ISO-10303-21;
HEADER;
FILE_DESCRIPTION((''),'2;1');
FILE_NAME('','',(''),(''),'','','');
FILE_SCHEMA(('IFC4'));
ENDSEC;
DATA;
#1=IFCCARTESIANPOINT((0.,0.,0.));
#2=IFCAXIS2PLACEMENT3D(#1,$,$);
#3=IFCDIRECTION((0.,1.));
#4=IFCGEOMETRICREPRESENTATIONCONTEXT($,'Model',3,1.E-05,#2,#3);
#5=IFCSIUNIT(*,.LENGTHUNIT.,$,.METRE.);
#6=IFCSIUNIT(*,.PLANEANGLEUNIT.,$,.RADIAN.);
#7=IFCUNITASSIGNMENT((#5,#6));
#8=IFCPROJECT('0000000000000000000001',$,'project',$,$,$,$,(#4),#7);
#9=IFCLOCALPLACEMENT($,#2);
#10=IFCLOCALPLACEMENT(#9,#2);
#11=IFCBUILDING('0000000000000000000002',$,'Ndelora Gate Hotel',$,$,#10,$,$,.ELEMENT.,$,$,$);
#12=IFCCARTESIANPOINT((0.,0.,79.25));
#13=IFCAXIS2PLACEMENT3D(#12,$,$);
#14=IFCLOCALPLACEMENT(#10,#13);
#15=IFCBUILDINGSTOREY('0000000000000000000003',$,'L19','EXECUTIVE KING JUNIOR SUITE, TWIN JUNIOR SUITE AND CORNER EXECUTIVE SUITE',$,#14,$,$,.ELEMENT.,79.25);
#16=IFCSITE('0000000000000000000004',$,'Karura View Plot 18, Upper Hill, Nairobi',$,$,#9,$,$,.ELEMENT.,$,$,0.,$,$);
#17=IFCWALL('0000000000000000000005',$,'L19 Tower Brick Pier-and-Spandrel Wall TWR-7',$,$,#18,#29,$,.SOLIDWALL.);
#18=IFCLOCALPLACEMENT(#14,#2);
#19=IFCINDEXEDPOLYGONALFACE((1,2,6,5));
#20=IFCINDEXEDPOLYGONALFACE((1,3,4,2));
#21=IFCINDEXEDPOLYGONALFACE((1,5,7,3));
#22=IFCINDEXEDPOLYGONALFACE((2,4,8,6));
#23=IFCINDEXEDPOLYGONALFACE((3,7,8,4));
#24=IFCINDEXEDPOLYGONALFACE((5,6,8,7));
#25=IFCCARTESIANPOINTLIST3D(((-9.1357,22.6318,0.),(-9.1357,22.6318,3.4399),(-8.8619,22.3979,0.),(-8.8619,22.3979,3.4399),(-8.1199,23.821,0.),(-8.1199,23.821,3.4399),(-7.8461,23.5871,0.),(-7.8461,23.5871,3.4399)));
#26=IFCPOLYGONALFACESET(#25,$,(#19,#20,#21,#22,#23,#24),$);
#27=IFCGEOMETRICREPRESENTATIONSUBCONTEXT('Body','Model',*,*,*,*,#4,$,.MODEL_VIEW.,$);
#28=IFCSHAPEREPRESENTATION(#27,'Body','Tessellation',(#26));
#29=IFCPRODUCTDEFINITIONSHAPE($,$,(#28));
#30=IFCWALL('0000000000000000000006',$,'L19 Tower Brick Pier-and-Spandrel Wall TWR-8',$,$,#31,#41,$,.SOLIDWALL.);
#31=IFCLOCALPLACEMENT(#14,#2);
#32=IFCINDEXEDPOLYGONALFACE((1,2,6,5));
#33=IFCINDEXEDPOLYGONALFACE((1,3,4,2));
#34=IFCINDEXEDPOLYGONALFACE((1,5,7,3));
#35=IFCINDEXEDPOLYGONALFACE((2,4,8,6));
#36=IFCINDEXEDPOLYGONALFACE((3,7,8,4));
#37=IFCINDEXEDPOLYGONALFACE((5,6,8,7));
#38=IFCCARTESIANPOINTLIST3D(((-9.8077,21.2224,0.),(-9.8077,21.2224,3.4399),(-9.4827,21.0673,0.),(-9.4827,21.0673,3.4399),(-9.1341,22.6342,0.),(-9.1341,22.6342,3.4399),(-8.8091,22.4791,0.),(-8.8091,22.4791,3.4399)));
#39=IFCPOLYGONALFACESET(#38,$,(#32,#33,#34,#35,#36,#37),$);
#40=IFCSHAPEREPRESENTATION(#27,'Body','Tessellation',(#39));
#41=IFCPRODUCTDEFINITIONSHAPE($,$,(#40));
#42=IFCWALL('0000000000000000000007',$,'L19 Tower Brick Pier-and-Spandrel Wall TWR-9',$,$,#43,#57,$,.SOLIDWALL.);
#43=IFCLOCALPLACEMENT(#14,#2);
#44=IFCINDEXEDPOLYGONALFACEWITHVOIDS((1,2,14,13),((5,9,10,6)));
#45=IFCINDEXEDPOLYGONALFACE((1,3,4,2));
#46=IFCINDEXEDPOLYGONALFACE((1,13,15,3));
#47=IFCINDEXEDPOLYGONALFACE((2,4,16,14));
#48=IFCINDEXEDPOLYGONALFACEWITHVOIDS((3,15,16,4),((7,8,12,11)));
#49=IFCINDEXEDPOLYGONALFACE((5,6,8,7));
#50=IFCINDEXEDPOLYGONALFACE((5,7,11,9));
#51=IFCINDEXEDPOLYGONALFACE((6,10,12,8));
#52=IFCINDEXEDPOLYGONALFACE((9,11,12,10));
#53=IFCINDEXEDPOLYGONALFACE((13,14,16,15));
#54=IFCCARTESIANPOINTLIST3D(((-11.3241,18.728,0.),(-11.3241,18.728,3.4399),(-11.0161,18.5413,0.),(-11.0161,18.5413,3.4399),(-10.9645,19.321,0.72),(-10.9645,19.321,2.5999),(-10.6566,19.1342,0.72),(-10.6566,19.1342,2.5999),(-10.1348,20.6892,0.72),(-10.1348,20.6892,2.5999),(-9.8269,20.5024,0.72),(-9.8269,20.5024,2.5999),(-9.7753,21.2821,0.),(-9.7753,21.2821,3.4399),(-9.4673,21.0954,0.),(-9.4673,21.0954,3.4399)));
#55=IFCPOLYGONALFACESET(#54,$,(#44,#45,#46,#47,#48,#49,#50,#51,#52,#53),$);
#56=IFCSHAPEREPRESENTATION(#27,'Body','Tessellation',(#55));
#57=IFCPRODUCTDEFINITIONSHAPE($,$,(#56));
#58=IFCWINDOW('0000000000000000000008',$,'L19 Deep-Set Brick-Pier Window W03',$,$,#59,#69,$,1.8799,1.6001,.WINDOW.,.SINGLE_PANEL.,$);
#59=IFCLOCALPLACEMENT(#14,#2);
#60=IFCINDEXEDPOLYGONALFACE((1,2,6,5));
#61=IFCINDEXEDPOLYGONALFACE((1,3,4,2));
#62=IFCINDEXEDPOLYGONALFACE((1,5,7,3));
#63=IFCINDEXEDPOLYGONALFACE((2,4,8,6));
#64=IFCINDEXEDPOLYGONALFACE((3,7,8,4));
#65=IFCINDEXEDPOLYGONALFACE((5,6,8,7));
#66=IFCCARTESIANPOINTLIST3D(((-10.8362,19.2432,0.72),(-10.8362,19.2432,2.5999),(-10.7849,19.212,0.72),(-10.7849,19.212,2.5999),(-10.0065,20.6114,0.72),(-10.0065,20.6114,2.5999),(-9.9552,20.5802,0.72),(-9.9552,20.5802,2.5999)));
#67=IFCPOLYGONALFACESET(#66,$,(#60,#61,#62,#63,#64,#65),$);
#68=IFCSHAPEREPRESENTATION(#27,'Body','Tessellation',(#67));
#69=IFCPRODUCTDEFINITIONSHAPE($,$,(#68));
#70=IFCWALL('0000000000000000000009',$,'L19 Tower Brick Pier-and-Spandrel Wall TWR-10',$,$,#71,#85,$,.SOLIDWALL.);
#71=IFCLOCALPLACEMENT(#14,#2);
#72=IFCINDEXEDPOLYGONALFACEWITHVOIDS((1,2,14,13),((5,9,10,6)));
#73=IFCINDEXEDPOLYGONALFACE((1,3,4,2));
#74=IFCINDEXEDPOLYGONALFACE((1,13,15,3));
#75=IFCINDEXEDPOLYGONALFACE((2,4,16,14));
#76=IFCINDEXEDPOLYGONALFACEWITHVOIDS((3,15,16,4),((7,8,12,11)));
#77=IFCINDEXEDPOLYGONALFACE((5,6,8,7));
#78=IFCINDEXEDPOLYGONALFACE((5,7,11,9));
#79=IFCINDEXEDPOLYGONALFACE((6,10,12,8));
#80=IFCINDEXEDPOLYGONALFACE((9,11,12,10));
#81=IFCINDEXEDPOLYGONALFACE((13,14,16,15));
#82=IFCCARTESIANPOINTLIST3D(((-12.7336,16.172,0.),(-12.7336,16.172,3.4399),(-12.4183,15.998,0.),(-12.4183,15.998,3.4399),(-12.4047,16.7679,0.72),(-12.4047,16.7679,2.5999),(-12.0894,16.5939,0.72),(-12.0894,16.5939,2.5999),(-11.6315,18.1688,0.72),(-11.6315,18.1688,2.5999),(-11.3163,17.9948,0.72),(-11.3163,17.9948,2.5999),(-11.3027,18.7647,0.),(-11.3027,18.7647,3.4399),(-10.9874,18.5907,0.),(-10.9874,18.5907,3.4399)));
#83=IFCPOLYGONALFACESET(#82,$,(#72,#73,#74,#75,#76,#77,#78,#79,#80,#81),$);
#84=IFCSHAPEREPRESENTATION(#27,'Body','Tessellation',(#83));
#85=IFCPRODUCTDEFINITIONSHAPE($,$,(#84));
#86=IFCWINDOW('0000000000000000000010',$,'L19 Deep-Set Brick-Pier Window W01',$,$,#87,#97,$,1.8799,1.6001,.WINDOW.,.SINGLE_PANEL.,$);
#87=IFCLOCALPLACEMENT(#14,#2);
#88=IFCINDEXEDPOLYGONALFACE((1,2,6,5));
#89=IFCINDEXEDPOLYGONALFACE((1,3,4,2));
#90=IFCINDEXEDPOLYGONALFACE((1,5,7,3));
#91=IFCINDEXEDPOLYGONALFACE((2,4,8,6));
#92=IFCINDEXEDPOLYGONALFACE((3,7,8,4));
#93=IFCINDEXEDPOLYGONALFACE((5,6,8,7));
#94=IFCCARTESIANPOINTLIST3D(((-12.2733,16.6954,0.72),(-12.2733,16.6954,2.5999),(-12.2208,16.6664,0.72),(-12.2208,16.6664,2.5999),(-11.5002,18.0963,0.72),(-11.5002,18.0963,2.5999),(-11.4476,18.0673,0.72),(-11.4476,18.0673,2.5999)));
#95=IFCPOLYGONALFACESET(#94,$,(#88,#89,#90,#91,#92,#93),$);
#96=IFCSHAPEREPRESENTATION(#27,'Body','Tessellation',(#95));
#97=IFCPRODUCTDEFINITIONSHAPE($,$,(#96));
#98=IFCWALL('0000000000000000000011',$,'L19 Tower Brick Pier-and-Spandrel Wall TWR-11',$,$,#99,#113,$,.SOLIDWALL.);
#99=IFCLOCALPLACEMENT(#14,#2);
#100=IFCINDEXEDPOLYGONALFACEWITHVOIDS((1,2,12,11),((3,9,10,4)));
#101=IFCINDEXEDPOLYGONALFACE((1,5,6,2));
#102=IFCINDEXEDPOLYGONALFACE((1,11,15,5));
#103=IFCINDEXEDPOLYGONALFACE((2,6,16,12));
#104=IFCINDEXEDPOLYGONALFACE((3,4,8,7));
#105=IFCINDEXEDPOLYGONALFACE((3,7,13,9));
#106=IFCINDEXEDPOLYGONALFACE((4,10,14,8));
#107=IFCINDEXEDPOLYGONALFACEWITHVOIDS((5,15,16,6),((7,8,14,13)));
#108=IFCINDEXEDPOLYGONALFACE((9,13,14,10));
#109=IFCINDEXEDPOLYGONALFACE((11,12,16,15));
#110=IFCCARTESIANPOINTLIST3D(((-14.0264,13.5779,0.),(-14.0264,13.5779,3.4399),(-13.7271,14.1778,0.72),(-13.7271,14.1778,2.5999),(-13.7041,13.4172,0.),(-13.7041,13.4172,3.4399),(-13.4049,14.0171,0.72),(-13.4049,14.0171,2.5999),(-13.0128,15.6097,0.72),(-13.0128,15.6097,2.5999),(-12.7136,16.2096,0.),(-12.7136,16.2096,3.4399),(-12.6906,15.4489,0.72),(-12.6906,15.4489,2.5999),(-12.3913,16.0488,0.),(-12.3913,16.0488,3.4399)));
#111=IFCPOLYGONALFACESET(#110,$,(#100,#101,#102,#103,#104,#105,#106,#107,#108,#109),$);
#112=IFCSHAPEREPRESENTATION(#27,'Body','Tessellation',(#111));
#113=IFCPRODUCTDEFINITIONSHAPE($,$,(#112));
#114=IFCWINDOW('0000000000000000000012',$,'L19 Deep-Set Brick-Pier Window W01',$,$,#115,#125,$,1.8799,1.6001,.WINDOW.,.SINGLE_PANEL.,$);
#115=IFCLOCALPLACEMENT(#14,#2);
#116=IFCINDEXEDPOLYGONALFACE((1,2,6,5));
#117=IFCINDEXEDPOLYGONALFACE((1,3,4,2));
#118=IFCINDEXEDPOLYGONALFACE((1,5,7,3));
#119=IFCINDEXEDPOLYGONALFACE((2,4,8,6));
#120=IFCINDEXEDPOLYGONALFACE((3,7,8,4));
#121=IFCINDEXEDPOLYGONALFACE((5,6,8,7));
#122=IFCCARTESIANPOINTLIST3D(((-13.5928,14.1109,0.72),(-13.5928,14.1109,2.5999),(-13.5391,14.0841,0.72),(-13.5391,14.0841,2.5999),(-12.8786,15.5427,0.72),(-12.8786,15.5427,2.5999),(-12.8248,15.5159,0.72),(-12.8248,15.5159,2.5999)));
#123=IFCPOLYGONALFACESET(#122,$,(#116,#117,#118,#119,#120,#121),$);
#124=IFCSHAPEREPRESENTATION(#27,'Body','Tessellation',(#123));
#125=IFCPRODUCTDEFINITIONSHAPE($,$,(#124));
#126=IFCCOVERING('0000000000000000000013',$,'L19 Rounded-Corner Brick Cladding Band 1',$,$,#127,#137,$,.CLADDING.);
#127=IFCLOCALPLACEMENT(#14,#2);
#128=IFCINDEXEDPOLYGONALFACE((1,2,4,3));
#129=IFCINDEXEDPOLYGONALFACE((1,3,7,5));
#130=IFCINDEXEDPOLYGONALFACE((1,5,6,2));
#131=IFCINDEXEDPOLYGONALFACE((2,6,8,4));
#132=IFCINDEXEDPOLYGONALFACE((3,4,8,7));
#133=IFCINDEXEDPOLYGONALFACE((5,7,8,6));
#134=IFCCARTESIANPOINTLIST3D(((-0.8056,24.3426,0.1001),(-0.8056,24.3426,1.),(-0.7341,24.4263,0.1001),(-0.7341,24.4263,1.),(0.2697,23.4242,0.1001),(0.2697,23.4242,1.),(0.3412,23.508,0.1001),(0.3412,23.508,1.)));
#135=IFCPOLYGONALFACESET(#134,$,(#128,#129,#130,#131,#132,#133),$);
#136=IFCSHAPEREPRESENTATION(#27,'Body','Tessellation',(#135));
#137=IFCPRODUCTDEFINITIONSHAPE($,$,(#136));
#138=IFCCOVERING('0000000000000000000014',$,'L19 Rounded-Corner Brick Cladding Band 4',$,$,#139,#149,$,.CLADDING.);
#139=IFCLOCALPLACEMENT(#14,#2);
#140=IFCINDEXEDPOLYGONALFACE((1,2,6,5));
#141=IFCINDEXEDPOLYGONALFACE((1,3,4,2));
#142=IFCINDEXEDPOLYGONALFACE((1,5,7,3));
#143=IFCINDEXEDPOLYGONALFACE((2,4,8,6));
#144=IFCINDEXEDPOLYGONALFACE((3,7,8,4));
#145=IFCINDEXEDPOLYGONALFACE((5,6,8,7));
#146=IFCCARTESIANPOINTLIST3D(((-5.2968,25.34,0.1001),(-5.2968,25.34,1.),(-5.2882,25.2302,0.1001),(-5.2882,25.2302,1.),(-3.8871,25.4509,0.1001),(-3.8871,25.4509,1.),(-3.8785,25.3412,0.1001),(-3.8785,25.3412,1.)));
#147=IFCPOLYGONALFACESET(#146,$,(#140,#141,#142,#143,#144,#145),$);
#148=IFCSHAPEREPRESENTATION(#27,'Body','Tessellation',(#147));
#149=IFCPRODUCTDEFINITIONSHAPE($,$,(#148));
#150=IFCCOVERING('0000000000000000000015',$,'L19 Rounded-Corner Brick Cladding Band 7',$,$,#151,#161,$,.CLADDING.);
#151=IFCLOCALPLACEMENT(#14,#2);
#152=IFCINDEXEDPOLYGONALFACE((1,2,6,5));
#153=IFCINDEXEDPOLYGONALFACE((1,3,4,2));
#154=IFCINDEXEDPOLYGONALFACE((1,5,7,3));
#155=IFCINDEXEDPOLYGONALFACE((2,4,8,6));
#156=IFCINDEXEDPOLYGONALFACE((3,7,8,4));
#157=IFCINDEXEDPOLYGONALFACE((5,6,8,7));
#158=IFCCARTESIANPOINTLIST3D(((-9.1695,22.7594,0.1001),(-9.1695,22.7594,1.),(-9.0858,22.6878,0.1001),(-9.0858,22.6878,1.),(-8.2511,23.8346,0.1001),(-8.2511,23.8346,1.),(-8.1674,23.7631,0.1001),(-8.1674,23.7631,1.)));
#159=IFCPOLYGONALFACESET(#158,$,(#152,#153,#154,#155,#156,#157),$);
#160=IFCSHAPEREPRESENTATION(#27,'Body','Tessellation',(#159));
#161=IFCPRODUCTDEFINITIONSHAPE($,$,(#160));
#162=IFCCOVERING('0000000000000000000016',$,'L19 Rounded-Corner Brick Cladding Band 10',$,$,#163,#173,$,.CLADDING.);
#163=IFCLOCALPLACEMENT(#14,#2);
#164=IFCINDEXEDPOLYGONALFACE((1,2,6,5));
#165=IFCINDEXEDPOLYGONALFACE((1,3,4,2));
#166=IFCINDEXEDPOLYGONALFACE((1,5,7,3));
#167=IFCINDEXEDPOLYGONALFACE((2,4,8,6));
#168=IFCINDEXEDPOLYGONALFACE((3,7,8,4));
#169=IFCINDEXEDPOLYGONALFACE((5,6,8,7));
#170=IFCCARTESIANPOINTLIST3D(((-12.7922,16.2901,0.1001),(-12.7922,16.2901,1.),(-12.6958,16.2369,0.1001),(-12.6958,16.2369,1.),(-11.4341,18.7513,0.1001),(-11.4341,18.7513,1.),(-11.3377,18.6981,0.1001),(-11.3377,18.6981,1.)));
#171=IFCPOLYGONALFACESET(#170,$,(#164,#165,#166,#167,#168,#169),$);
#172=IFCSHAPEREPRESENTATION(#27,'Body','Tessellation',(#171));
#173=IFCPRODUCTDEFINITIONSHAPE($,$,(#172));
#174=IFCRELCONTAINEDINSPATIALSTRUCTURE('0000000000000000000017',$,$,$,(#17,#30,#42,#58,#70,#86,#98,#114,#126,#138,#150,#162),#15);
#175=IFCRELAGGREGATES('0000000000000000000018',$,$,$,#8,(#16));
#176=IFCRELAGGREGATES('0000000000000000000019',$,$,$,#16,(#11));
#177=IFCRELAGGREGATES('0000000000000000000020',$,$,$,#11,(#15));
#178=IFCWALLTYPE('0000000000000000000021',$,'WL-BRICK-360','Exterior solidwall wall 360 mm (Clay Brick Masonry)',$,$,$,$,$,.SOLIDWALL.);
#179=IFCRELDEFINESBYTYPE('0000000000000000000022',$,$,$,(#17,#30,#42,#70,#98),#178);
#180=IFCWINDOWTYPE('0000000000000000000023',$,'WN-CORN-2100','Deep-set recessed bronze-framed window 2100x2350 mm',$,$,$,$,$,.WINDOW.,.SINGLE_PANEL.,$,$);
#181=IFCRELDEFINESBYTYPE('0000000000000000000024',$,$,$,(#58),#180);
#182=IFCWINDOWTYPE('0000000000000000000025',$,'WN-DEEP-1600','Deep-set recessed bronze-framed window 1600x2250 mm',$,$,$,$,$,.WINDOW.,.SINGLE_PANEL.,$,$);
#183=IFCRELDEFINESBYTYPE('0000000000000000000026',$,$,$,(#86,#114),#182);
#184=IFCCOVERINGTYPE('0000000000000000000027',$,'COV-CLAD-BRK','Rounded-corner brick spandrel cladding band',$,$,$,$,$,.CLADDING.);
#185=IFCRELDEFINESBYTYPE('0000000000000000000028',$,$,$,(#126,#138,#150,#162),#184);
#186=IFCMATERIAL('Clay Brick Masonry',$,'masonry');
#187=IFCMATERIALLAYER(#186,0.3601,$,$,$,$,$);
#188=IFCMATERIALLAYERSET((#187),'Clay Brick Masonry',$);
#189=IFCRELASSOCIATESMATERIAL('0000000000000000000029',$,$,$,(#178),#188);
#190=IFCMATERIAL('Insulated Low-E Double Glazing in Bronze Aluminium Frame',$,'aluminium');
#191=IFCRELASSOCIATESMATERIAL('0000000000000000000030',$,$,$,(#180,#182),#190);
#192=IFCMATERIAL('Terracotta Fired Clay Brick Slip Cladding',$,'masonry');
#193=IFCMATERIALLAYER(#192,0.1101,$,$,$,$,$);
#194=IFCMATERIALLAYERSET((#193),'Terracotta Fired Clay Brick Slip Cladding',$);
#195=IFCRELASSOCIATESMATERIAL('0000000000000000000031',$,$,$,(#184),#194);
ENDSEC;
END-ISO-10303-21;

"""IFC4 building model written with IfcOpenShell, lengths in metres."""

from ifc_helpers import new_model, si_unit, direction, frame, frame_2d, origin, origin_2d, place, context, subcontext, project, spatial, rectangle, extrude, material, layer, layer_set, type_object, element, fill, save


model = new_model("IFC4")

# Units and contexts
model_context = context("Model", 3, precision=1e-05, world=origin(), true_north=direction((0.0, 1.0)))
body_context = subcontext(model_context, "Body", "Model", "MODEL_VIEW")
ifc_project = project(units=[si_unit("LENGTHUNIT", "METRE"), si_unit("PLANEANGLEUNIT", "RADIAN")], contexts=[model_context])

# Site, building, storey
site_placement = place(None, origin())
site = spatial("IfcSite", under=ifc_project, at=site_placement, Name="Karura View Plot 18, Upper Hill, Nairobi", CompositionType="ELEMENT", RefElevation=0.0)
building_placement = place(site_placement, origin())
building = spatial("IfcBuilding", under=site, at=building_placement, Name="Ndelora Gate Hotel", CompositionType="ELEMENT")
storey_placement = place(building_placement, frame((0.0, 0.0, 79.25)))
storey = spatial("IfcBuildingStorey", under=building, at=storey_placement, Name="L19", Description="EXECUTIVE KING JUNIOR SUITE, TWIN JUNIOR SUITE AND CORNER EXECUTIVE SUITE", CompositionType="ELEMENT", Elevation=79.25)

# Walls
ifc_material_1 = material(Name="Clay Brick Masonry", Category="masonry")
ifc_layer_1 = layer(ifc_material_1, 0.3601)
ifc_layer_set_1 = layer_set([ifc_layer_1], Name="Clay Brick Masonry")
wall_type = type_object("IfcWallType", Name="WL-BRICK-360", Description="Exterior solidwall wall 360 mm (Clay Brick Masonry)", PredefinedType="SOLIDWALL", material=ifc_layer_set_1)
wall_1_placement = place(storey_placement, frame((-8.9988, 22.5149, 0.0), z_axis=(0.0, 0.0, 1.0), x_axis=(0.649518, 0.760346, 0.0)))
element("IfcWall", 1, at=wall_1_placement, inside=storey, type_object=wall_type, Name="L19 Tower Brick Pier-and-Spandrel Wall TWR-7", PredefinedType="SOLIDWALL", context=body_context, shape_type="SweptSolid", body=[
    extrude(rectangle(XDim=1.564, YDim=0.3601, at=frame_2d((0.782, 0.0))), origin(), (0.0, 0.0, 1.0), 3.4399),
])
wall_2_placement = place(storey_placement, frame((-9.6453, 21.1448, 0.0), z_axis=(0.0, 0.0, 1.0), x_axis=(0.430654, 0.902517, 0.0)))
element("IfcWall", 2, at=wall_2_placement, inside=storey, type_object=wall_type, Name="L19 Tower Brick Pier-and-Spandrel Wall TWR-8", PredefinedType="SOLIDWALL", context=body_context, shape_type="SweptSolid", body=[
    extrude(rectangle(XDim=1.5642, YDim=0.3601, at=frame_2d((0.7822, 0.0))), origin(), (0.0, 0.0, 1.0), 3.4399),
])

# Walls, openings, windows
wall_3_placement = place(storey_placement, frame((-11.1702, 18.6345, 0.0), z_axis=(0.0, 0.0, 1.0), x_axis=(0.518505, 0.855075, 0.0)))
wall_3 = element("IfcWall", 3, at=wall_3_placement, inside=storey, type_object=wall_type, Name="L19 Tower Brick Pier-and-Spandrel Wall TWR-9", PredefinedType="SOLIDWALL", context=body_context, shape_type="SweptSolid", body=[
    extrude(rectangle(XDim=2.9871, YDim=0.3601, at=frame_2d((1.4937, 0.0))), origin(), (0.0, 0.0, 1.0), 3.4399),
])
opening_1_placement = place(wall_3_placement, frame((0.6936, 0.0, 0.72)))
opening_1 = element("IfcOpeningElement", 4, at=opening_1_placement, cuts=wall_3, PredefinedType="OPENING", context=body_context, shape_type="SweptSolid", body=[
    extrude(rectangle(XDim=1.6001, YDim=1.8799, at=frame_2d((0.8, 0.9399))), frame((0.0, 0.1899, 0.0), z_axis=(0.0, -1.0, 0.0), x_axis=(1.0, 0.0, 0.0)), (0.0, 0.0, 1.0), 0.3801),
])
ifc_material_2 = material(Name="Insulated Low-E Double Glazing in Bronze Aluminium Frame", Category="aluminium")
window_type_1 = type_object("IfcWindowType", Name="WN-CORN-2100", Description="Deep-set recessed bronze-framed window 2100x2350 mm", PartitioningType="SINGLE_PANEL", PredefinedType="WINDOW", material=ifc_material_2)
window_1_placement = place(opening_1_placement, origin())
window_1 = element("IfcWindow", 5, at=window_1_placement, inside=storey, type_object=window_type_1, Name="L19 Deep-Set Brick-Pier Window W03", OverallHeight=1.8799, OverallWidth=1.6001, PartitioningType="SINGLE_PANEL", PredefinedType="WINDOW", context=body_context, shape_type="SweptSolid", body=[
    extrude(rectangle(XDim=1.6001, YDim=1.8799, at=frame_2d((0.8, 0.9399))), frame((0.0, 0.03, 0.0), z_axis=(0.0, -1.0, 0.0), x_axis=(1.0, 0.0, 0.0)), (0.0, 0.0, 1.0), 0.0601),
])
fill(opening_1, window_1)
wall_4_placement = place(storey_placement, frame((-12.5759, 16.085, 0.0), z_axis=(0.0, 0.0, 1.0), x_axis=(0.483184, 0.875519, 0.0)))
wall_4 = element("IfcWall", 6, at=wall_4_placement, inside=storey, type_object=wall_type, Name="L19 Tower Brick Pier-and-Spandrel Wall TWR-10", PredefinedType="SOLIDWALL", context=body_context, shape_type="SweptSolid", body=[
    extrude(rectangle(XDim=2.9614, YDim=0.3601, at=frame_2d((1.4807, 0.0))), origin(), (0.0, 0.0, 1.0), 3.4399),
])
opening_2_placement = place(wall_4_placement, frame((0.6807, 0.0, 0.72)))
opening_2 = element("IfcOpeningElement", 7, at=opening_2_placement, cuts=wall_4, PredefinedType="OPENING", context=body_context, shape_type="SweptSolid", body=[
    extrude(rectangle(XDim=1.6001, YDim=1.8799, at=frame_2d((0.8, 0.9399))), frame((0.0, 0.1899, 0.0), z_axis=(0.0, -1.0, 0.0), x_axis=(1.0, 0.0, 0.0)), (0.0, 0.0, 1.0), 0.3801),
])
window_type_2 = type_object("IfcWindowType", Name="WN-DEEP-1600", Description="Deep-set recessed bronze-framed window 1600x2250 mm", PartitioningType="SINGLE_PANEL", PredefinedType="WINDOW", material=ifc_material_2)
window_2_placement = place(opening_2_placement, origin())
window_2 = element("IfcWindow", 8, at=window_2_placement, inside=storey, type_object=window_type_2, Name="L19 Deep-Set Brick-Pier Window W01", OverallHeight=1.8799, OverallWidth=1.6001, PartitioningType="SINGLE_PANEL", PredefinedType="WINDOW", context=body_context, shape_type="SweptSolid", body=[
    extrude(rectangle(XDim=1.6001, YDim=1.8799, at=frame_2d((0.8, 0.9399))), frame((0.0, 0.03, 0.0), z_axis=(0.0, -1.0, 0.0), x_axis=(1.0, 0.0, 0.0)), (0.0, 0.0, 1.0), 0.0601),
])
fill(opening_2, window_2)
wall_5_placement = place(storey_placement, frame((-13.8652, 13.4976, 0.0), z_axis=(0.0, 0.0, 1.0), x_axis=(0.446383, 0.894842, 0.0)))
wall_5 = element("IfcWall", 9, at=wall_5_placement, inside=storey, type_object=wall_type, Name="L19 Tower Brick Pier-and-Spandrel Wall TWR-11", PredefinedType="SOLIDWALL", context=body_context, shape_type="SweptSolid", body=[
    extrude(rectangle(XDim=2.9409, YDim=0.3601, at=frame_2d((1.4705, 0.0))), origin(), (0.0, 0.0, 1.0), 3.4399),
])
opening_3_placement = place(wall_5_placement, frame((0.6704, 0.0, 0.72)))
opening_3 = element("IfcOpeningElement", 10, at=opening_3_placement, cuts=wall_5, PredefinedType="OPENING", context=body_context, shape_type="SweptSolid", body=[
    extrude(rectangle(XDim=1.6001, YDim=1.8799, at=frame_2d((0.8, 0.9399))), frame((0.0, 0.1899, 0.0), z_axis=(0.0, -1.0, 0.0), x_axis=(1.0, 0.0, 0.0)), (0.0, 0.0, 1.0), 0.3801),
])
window_3_placement = place(opening_3_placement, origin())
window_3 = element("IfcWindow", 11, at=window_3_placement, inside=storey, type_object=window_type_2, Name="L19 Deep-Set Brick-Pier Window W01", OverallHeight=1.8799, OverallWidth=1.6001, PartitioningType="SINGLE_PANEL", PredefinedType="WINDOW", context=body_context, shape_type="SweptSolid", body=[
    extrude(rectangle(XDim=1.6001, YDim=1.8799, at=frame_2d((0.8, 0.9399))), frame((0.0, 0.03, 0.0), z_axis=(0.0, -1.0, 0.0), x_axis=(1.0, 0.0, 0.0)), (0.0, 0.0, 1.0), 0.0601),
])
fill(opening_3, window_3)

# Coverings
ifc_material_3 = material(Name="Terracotta Fired Clay Brick Slip Cladding", Category="masonry")
ifc_layer_2 = layer(ifc_material_3, 0.1101)
ifc_layer_set_2 = layer_set([ifc_layer_2], Name="Terracotta Fired Clay Brick Slip Cladding")
covering_type_1 = type_object("IfcCoveringType", Name="COV-CLAD-BRK", Description="Rounded-corner brick spandrel cladding band", PredefinedType="CLADDING", material=ifc_layer_set_2)
for number, where, z_axis, x_axis, name in (
    (12, (-0.2322, 23.9253, 0.1001), (0.0, 0.0, 1.0), (-0.760406, 0.649448, 0.0), "L19 Rounded-Corner Brick Cladding Band 1"),
    (13, (-4.5876, 25.3406, 0.1001), (0.0, 0.0, 1.0), (0.996917, 0.078459, 0.0), "L19 Rounded-Corner Brick Cladding Band 4"),
    (14, (-8.6685, 23.2612, 0.1001), (0.0, 0.0, 1.0), (0.649448, 0.760406, 0.0), "L19 Rounded-Corner Brick Cladding Band 7"),
):
    element("IfcCovering", number, at=place(storey_placement, frame(where, z_axis=z_axis, x_axis=x_axis)), inside=storey, type_object=covering_type_1, Name=name, PredefinedType="CLADDING", context=body_context, shape_type="SweptSolid", body=[
        extrude(rectangle(XDim=1.4141, YDim=0.1101, at=origin_2d()), origin(), (0.0, 0.0, 1.0), 0.8999),
    ])
covering_placement = place(storey_placement, frame((-12.0649, 17.4941, 0.1001), z_axis=(0.0, 0.0, 1.0), x_axis=(0.48313, 0.875549, 0.0)))
element("IfcCovering", 15, at=covering_placement, inside=storey, type_object=covering_type_1, Name="L19 Rounded-Corner Brick Cladding Band 10", PredefinedType="CLADDING", context=body_context, shape_type="SweptSolid", body=[
    extrude(rectangle(XDim=2.811, YDim=0.1101, at=origin_2d()), origin(), (0.0, 0.0, 1.0), 0.8999),
])

save(model, "model.ifc")
